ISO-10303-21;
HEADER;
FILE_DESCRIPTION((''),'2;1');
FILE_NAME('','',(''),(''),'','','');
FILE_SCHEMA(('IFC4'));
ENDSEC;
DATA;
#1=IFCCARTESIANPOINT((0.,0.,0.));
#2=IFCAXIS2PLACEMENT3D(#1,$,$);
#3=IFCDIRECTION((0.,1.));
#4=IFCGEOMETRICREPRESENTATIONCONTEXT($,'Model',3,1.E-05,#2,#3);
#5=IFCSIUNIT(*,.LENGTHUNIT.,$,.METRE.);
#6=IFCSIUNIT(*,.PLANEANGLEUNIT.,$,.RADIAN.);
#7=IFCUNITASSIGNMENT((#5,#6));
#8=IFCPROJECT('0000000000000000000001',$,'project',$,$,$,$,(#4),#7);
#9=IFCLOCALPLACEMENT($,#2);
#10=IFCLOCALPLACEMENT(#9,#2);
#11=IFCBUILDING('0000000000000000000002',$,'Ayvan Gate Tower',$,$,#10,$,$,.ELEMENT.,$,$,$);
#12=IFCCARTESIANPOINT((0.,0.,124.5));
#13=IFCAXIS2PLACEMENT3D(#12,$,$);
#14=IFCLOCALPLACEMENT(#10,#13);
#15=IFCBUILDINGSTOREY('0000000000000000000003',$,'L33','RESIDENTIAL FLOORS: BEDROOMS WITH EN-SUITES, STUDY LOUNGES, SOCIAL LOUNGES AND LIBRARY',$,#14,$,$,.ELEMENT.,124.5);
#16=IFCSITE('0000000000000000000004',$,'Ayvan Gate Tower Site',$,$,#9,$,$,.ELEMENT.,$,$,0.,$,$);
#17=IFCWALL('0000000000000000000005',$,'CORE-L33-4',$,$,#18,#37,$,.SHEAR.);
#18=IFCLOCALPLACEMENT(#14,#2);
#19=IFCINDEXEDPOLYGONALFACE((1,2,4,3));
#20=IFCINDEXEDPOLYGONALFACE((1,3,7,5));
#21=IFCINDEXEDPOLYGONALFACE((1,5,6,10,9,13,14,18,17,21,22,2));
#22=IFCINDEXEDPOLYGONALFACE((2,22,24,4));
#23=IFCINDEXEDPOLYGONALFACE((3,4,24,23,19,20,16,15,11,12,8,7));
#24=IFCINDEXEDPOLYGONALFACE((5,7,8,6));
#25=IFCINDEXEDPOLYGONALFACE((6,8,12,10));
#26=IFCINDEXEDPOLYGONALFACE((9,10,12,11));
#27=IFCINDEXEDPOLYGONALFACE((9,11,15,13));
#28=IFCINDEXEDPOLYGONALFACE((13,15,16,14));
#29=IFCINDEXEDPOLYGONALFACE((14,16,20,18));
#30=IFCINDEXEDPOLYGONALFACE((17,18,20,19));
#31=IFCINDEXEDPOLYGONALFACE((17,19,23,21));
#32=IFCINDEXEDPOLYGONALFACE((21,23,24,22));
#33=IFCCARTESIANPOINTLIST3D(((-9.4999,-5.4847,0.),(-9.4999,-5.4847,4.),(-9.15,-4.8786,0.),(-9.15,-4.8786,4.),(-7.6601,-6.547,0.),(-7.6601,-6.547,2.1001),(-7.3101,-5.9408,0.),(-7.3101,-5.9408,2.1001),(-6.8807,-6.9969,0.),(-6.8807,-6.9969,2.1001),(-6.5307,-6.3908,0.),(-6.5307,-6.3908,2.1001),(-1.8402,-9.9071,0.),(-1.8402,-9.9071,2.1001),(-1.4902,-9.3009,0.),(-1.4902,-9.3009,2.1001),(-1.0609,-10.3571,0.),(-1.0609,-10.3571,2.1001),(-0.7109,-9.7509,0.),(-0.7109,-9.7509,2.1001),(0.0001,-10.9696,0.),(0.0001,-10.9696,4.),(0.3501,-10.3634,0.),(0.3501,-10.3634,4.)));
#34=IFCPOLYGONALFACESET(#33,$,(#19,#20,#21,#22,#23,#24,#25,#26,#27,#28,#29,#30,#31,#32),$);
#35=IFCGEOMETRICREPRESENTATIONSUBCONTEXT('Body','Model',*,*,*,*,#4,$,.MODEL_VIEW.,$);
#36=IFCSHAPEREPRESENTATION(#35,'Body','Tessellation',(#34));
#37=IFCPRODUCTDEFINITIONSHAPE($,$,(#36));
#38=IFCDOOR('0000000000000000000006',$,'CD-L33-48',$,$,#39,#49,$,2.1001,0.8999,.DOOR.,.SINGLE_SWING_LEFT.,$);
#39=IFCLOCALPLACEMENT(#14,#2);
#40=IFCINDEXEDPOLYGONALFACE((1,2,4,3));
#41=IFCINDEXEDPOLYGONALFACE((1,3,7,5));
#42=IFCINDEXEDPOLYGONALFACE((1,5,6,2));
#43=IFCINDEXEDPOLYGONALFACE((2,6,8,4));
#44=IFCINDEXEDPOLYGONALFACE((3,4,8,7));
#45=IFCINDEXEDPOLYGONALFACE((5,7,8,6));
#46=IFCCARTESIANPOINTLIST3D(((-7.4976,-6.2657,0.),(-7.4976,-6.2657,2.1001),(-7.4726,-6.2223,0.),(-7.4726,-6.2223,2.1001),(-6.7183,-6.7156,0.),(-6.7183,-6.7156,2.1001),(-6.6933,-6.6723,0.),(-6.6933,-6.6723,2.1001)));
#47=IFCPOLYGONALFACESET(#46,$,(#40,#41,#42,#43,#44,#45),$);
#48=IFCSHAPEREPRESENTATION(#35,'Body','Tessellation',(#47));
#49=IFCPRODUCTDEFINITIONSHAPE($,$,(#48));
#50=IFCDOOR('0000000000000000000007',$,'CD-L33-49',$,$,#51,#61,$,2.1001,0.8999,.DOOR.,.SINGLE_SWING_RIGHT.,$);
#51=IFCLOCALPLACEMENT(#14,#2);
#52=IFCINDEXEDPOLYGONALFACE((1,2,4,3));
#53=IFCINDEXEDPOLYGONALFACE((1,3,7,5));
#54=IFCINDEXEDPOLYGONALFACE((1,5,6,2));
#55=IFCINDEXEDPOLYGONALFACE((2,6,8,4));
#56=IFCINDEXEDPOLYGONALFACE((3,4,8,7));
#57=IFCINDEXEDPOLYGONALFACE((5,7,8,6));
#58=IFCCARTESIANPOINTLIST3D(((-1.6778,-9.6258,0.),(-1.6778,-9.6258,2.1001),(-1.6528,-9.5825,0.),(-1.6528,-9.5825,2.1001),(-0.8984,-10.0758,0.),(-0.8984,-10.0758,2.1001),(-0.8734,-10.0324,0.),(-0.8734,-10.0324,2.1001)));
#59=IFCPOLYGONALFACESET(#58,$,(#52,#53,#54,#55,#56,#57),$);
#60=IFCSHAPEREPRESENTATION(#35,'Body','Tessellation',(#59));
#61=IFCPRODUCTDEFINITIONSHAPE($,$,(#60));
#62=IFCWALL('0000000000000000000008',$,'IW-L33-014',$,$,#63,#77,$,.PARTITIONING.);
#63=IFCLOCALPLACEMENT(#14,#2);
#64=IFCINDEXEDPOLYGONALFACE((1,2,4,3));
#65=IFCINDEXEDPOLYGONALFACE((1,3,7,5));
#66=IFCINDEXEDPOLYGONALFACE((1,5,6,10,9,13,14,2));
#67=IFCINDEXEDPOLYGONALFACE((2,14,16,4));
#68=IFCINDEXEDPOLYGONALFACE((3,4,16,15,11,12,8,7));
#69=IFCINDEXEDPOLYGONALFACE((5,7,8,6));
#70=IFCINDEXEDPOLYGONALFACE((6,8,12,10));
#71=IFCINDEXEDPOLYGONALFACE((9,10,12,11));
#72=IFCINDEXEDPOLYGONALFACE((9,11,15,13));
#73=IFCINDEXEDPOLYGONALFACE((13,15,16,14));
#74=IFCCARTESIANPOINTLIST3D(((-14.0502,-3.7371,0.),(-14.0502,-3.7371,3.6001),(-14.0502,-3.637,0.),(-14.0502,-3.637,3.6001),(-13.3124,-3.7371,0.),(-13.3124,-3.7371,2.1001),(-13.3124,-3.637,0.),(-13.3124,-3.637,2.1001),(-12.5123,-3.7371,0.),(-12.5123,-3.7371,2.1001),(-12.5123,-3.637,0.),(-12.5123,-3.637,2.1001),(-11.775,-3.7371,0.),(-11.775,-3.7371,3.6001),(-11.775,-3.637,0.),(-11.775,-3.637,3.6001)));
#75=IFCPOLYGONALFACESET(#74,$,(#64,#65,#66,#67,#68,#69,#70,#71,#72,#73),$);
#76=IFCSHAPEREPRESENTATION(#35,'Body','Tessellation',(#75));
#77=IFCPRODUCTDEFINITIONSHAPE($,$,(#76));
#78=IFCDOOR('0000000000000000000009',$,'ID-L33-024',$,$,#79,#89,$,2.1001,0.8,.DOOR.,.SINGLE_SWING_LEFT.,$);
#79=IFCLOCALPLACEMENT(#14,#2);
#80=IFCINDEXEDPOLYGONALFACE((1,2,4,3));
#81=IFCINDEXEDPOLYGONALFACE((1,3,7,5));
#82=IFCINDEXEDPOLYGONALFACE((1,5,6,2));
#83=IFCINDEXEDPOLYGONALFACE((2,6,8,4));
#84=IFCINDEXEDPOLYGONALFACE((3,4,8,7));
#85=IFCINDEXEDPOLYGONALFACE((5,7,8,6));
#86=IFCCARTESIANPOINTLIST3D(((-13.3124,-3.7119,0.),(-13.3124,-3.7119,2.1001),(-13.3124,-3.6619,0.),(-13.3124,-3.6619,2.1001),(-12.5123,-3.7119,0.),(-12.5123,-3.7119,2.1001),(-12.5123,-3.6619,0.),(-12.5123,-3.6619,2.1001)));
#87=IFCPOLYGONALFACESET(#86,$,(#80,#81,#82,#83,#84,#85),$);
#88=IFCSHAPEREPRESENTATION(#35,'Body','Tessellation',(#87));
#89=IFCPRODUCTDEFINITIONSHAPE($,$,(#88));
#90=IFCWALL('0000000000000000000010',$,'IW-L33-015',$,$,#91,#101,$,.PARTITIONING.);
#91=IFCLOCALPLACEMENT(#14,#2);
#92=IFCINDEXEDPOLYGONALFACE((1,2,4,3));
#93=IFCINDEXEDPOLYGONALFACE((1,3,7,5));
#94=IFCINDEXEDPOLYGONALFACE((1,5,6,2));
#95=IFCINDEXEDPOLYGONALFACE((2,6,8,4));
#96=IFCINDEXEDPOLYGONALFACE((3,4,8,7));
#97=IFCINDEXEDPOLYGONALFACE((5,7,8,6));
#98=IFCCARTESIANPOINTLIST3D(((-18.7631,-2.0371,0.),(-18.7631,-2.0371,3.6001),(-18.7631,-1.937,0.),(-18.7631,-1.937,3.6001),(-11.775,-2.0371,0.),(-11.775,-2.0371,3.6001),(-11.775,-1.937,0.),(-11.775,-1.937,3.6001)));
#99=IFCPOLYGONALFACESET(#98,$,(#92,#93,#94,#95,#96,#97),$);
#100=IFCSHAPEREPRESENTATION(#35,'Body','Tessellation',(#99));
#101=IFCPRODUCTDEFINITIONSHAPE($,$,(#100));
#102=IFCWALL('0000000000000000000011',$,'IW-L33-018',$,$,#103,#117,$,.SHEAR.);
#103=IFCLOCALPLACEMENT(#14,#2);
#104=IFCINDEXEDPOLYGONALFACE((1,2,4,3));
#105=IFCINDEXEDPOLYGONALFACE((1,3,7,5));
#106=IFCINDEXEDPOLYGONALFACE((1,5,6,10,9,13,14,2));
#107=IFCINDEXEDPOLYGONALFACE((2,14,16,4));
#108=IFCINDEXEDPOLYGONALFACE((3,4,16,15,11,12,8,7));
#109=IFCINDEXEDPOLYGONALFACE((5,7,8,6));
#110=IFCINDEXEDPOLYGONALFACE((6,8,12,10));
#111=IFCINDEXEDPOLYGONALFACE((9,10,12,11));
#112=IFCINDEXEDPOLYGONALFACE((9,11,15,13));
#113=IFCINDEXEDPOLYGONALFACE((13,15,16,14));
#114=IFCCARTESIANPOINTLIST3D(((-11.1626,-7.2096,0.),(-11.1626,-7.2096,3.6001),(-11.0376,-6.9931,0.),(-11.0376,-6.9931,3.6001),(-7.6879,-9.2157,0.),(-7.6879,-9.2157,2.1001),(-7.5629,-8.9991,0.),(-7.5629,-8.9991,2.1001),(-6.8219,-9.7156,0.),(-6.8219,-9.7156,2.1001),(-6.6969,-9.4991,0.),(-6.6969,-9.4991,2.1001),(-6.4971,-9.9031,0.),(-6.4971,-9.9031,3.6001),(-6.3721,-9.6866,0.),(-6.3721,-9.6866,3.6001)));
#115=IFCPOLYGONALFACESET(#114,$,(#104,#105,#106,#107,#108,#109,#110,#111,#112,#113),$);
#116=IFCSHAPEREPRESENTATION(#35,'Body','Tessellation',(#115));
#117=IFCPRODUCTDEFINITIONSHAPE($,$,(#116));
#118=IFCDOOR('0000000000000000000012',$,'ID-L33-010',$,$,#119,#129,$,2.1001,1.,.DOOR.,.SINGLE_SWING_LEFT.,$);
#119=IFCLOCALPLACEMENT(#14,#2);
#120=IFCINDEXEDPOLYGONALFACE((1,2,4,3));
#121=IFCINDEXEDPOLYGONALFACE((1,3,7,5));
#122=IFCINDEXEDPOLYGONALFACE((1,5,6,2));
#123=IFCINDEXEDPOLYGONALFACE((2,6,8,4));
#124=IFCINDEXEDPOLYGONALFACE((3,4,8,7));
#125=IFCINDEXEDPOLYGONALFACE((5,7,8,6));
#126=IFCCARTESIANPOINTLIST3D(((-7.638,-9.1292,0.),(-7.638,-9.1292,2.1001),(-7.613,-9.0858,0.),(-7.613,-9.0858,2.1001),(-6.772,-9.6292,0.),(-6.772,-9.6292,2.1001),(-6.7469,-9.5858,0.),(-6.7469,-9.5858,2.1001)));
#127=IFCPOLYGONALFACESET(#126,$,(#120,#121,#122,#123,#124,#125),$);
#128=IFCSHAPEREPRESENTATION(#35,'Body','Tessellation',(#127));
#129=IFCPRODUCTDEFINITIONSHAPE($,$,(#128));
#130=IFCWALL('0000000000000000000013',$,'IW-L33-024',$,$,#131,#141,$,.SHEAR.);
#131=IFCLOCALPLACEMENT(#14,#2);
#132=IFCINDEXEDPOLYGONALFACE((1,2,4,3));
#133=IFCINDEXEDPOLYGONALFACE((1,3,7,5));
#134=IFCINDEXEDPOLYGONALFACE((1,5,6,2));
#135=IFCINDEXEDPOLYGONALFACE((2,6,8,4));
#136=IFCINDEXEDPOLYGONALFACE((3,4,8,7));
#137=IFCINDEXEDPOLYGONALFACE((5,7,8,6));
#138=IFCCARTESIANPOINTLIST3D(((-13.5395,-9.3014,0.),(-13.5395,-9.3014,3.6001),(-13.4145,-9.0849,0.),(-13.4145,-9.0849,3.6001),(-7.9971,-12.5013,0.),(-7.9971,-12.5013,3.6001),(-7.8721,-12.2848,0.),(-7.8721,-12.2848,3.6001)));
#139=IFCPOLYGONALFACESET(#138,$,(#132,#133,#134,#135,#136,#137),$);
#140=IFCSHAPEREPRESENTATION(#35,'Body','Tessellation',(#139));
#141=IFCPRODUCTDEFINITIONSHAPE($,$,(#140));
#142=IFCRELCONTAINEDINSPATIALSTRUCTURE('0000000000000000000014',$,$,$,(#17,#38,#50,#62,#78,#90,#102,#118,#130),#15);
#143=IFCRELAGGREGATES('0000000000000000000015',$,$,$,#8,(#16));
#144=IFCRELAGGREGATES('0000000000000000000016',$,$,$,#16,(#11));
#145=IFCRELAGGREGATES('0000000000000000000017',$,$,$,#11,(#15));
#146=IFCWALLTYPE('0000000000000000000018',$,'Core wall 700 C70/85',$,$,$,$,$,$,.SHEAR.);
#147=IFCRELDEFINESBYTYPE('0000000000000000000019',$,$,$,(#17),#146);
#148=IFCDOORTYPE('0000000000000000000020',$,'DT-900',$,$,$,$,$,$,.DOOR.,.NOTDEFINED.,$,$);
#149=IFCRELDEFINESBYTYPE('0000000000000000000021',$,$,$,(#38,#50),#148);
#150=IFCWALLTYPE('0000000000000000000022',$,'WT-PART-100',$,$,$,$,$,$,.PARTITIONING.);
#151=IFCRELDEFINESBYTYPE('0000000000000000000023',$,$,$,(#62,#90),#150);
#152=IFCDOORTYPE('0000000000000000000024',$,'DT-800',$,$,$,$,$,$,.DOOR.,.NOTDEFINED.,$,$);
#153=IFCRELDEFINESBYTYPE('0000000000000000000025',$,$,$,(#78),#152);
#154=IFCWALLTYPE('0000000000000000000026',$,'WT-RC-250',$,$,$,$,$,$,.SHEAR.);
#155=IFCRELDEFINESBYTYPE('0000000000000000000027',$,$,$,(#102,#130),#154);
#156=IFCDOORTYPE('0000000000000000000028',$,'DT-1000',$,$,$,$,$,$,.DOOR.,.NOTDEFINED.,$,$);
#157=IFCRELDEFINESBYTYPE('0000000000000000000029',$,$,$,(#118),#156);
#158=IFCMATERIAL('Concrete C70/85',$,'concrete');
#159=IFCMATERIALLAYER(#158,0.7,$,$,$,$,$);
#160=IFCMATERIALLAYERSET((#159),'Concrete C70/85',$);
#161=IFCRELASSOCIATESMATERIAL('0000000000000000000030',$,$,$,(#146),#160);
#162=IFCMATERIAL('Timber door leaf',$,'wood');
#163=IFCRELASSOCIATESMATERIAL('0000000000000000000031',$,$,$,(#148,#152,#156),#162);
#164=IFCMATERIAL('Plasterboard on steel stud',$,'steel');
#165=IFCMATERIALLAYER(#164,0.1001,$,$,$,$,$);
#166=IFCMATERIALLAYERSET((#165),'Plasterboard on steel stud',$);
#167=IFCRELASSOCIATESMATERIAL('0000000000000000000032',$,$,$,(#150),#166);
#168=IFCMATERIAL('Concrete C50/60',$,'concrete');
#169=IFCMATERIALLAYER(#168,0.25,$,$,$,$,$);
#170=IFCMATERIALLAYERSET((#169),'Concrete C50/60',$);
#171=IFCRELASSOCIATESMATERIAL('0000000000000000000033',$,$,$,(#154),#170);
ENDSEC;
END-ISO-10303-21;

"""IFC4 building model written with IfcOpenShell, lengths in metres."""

from ifc_helpers import new_model, si_unit, direction, frame, frame_2d, origin, place, context, subcontext, project, spatial, rectangle, extrude, material, layer, layer_set, type_object, element, fill, save


model = new_model("IFC4")

# Units and contexts
model_context = context("Model", 3, precision=1e-05, world=origin(), true_north=direction((0.0, 1.0)))
body_context = subcontext(model_context, "Body", "Model", "MODEL_VIEW")
ifc_project = project(units=[si_unit("LENGTHUNIT", "METRE"), si_unit("PLANEANGLEUNIT", "RADIAN")], contexts=[model_context])

# Site, building, storey
site_placement = place(None, origin())
site = spatial("IfcSite", under=ifc_project, at=site_placement, Name="Ayvan Gate Tower Site", CompositionType="ELEMENT", RefElevation=0.0)
building_placement = place(site_placement, origin())
building = spatial("IfcBuilding", under=site, at=building_placement, Name="Ayvan Gate Tower", CompositionType="ELEMENT")
storey_placement = place(building_placement, frame((0.0, 0.0, 124.5)))
storey = spatial("IfcBuildingStorey", under=building, at=storey_placement, Name="L33", Description="RESIDENTIAL FLOORS: BEDROOMS WITH EN-SUITES, STUDY LOUNGES, SOCIAL LOUNGES AND LIBRARY", CompositionType="ELEMENT", Elevation=124.5)

# Wall, openings, doors
ifc_material_1 = material(Name="Concrete C70/85", Category="concrete")
ifc_layer_1 = layer(ifc_material_1, 0.7)
ifc_layer_set_1 = layer_set([ifc_layer_1], Name="Concrete C70/85")
wall_type_1 = type_object("IfcWallType", Name="Core wall 700 C70/85", PredefinedType="SHEAR", material=ifc_layer_set_1)
wall_1_placement = place(storey_placement, frame((-9.325, -5.1816, 0.0), z_axis=(0.0, 0.0, 1.0), x_axis=(0.866024, -0.500002, 0.0)))
wall_1 = element("IfcWall", 1, at=wall_1_placement, inside=storey, type_object=wall_type_1, Name="CORE-L33-4", PredefinedType="SHEAR", context=body_context, shape_type="SweptSolid", body=[
    extrude(rectangle(XDim=10.9697, YDim=0.7, at=frame_2d((5.4849, 0.0))), origin(), (0.0, 0.0, 1.0), 4.0),
])
opening_1_placement = place(wall_1_placement, frame((2.1245, 0.0, 0.0)))
opening_1 = element("IfcOpeningElement", 2, at=opening_1_placement, cuts=wall_1, PredefinedType="OPENING", context=body_context, shape_type="SweptSolid", body=[
    extrude(rectangle(XDim=0.8999, YDim=2.1001, at=frame_2d((0.45, 1.05))), frame((0.0, 0.3599, 0.0), z_axis=(0.0, -1.0, 0.0), x_axis=(1.0, 0.0, 0.0)), (0.0, 0.0, 1.0), 0.72),
])
opening_2_placement = place(wall_1_placement, frame((8.8447, 0.0, 0.0)))
opening_2 = element("IfcOpeningElement", 3, at=opening_2_placement, cuts=wall_1, PredefinedType="OPENING", context=body_context, shape_type="SweptSolid", body=[
    extrude(rectangle(XDim=0.8999, YDim=2.1001, at=frame_2d((0.45, 1.05))), frame((0.0, 0.3599, 0.0), z_axis=(0.0, -1.0, 0.0), x_axis=(1.0, 0.0, 0.0)), (0.0, 0.0, 1.0), 0.72),
])
ifc_material_2 = material(Name="Timber door leaf", Category="wood")
door_type_1 = type_object("IfcDoorType", Name="DT-900", OperationType="NOTDEFINED", PredefinedType="DOOR", material=ifc_material_2)
door_1_placement = place(opening_1_placement, origin())
door_1 = element("IfcDoor", 4, at=door_1_placement, inside=storey, type_object=door_type_1, Name="CD-L33-48", OperationType="SINGLE_SWING_LEFT", OverallHeight=2.1001, OverallWidth=0.8999, PredefinedType="DOOR", context=body_context, shape_type="SweptSolid", body=[
    extrude(rectangle(XDim=0.8999, YDim=2.1001, at=frame_2d((0.45, 1.05))), frame((0.0, 0.0249, 0.0), z_axis=(0.0, -1.0, 0.0), x_axis=(1.0, 0.0, 0.0)), (0.0, 0.0, 1.0), 0.05),
])
fill(opening_1, door_1)
door_2_placement = place(opening_2_placement, origin())
door_2 = element("IfcDoor", 5, at=door_2_placement, inside=storey, type_object=door_type_1, Name="CD-L33-49", OperationType="SINGLE_SWING_RIGHT", OverallHeight=2.1001, OverallWidth=0.8999, PredefinedType="DOOR", context=body_context, shape_type="SweptSolid", body=[
    extrude(rectangle(XDim=0.8999, YDim=2.1001, at=frame_2d((0.45, 1.05))), frame((0.0, 0.0249, 0.0), z_axis=(0.0, -1.0, 0.0), x_axis=(1.0, 0.0, 0.0)), (0.0, 0.0, 1.0), 0.05),
])
fill(opening_2, door_2)

# Wall, opening, door
ifc_material_3 = material(Name="Plasterboard on steel stud", Category="steel")
ifc_layer_2 = layer(ifc_material_3, 0.1001)
ifc_layer_set_2 = layer_set([ifc_layer_2], Name="Plasterboard on steel stud")
wall_type_2 = type_object("IfcWallType", Name="WT-PART-100", PredefinedType="PARTITIONING", material=ifc_layer_set_2)
wall_2_placement = place(storey_placement, frame((-11.7749, -3.687, 0.0), z_axis=(0.0, 0.0, 1.0), x_axis=(-1.0, 0.0, 0.0)))
wall_2 = element("IfcWall", 6, at=wall_2_placement, inside=storey, type_object=wall_type_2, Name="IW-L33-014", PredefinedType="PARTITIONING", context=body_context, shape_type="SweptSolid", body=[
    extrude(rectangle(XDim=2.2751, YDim=0.1001, at=frame_2d((1.1377, 0.0))), origin(), (0.0, 0.0, 1.0), 3.6001),
])
opening_3_placement = place(wall_2_placement, frame((0.7375, 0.0, 0.0)))
opening_3 = element("IfcOpeningElement", 7, at=opening_3_placement, cuts=wall_2, PredefinedType="OPENING", context=body_context, shape_type="SweptSolid", body=[
    extrude(rectangle(XDim=0.8, YDim=2.1001, at=frame_2d((0.3999, 1.05))), frame((0.0, 0.0601, 0.0), z_axis=(0.0, -1.0, 0.0), x_axis=(1.0, 0.0, 0.0)), (0.0, 0.0, 1.0), 0.1201),
])
door_type_2 = type_object("IfcDoorType", Name="DT-800", OperationType="NOTDEFINED", PredefinedType="DOOR", material=ifc_material_2)
door_3_placement = place(opening_3_placement, origin())
door_3 = element("IfcDoor", 8, at=door_3_placement, inside=storey, type_object=door_type_2, Name="ID-L33-024", OperationType="SINGLE_SWING_LEFT", OverallHeight=2.1001, OverallWidth=0.8, PredefinedType="DOOR", context=body_context, shape_type="SweptSolid", body=[
    extrude(rectangle(XDim=0.8, YDim=2.1001, at=frame_2d((0.3999, 1.05))), frame((0.0, 0.0249, 0.0), z_axis=(0.0, -1.0, 0.0), x_axis=(1.0, 0.0, 0.0)), (0.0, 0.0, 1.0), 0.05),
])
fill(opening_3, door_3)

# Wall
wall_3_placement = place(storey_placement, frame((-11.7749, -1.9871, 0.0), z_axis=(0.0, 0.0, 1.0), x_axis=(-1.0, 0.0, 0.0)))
element("IfcWall", 9, at=wall_3_placement, inside=storey, type_object=wall_type_2, Name="IW-L33-015", PredefinedType="PARTITIONING", context=body_context, shape_type="SweptSolid", body=[
    extrude(rectangle(XDim=6.988, YDim=0.1001, at=frame_2d((3.4941, 0.0))), origin(), (0.0, 0.0, 1.0), 3.6001),
])

# Wall, opening, door
ifc_material_4 = material(Name="Concrete C50/60", Category="concrete")
ifc_layer_3 = layer(ifc_material_4, 0.25)
ifc_layer_set_3 = layer_set([ifc_layer_3], Name="Concrete C50/60")
wall_type_3 = type_object("IfcWallType", Name="WT-RC-250", PredefinedType="SHEAR", material=ifc_layer_set_3)
wall_4_placement = place(storey_placement, frame((-11.1001, -7.1013, 0.0), z_axis=(0.0, 0.0, 1.0), x_axis=(0.866029, -0.499994, 0.0)))
wall_4 = element("IfcWall", 10, at=wall_4_placement, inside=storey, type_object=wall_type_3, Name="IW-L33-018", PredefinedType="SHEAR", context=body_context, shape_type="SweptSolid", body=[
    extrude(rectangle(XDim=5.3872, YDim=0.25, at=frame_2d((2.6936, 0.0))), origin(), (0.0, 0.0, 1.0), 3.6001),
])
opening_4_placement = place(wall_4_placement, frame((4.0122, 0.0, 0.0)))
opening_4 = element("IfcOpeningElement", 11, at=opening_4_placement, cuts=wall_4, PredefinedType="OPENING", context=body_context, shape_type="SweptSolid", body=[
    extrude(rectangle(XDim=1.0, YDim=2.1001, at=frame_2d((0.5, 1.05))), frame((0.0, 0.135, 0.0), z_axis=(0.0, -1.0, 0.0), x_axis=(1.0, 0.0, 0.0)), (0.0, 0.0, 1.0), 0.27),
])
door_type_3 = type_object("IfcDoorType", Name="DT-1000", OperationType="NOTDEFINED", PredefinedType="DOOR", material=ifc_material_2)
door_4_placement = place(opening_4_placement, origin())
door_4 = element("IfcDoor", 12, at=door_4_placement, inside=storey, type_object=door_type_3, Name="ID-L33-010", OperationType="SINGLE_SWING_LEFT", OverallHeight=2.1001, OverallWidth=1.0, PredefinedType="DOOR", context=body_context, shape_type="SweptSolid", body=[
    extrude(rectangle(XDim=1.0, YDim=2.1001, at=frame_2d((0.5, 1.05))), frame((0.0, 0.0249, 0.0), z_axis=(0.0, -1.0, 0.0), x_axis=(1.0, 0.0, 0.0)), (0.0, 0.0, 1.0), 0.05),
])
fill(opening_4, door_4)

# Wall
wall_5_placement = place(storey_placement, frame((-7.9346, -12.3931, 0.0), z_axis=(0.0, 0.0, 1.0), x_axis=(-0.866025, 0.5, 0.0)))
element("IfcWall", 13, at=wall_5_placement, inside=storey, type_object=wall_type_3, Name="IW-L33-024", PredefinedType="SHEAR", context=body_context, shape_type="SweptSolid", body=[
    extrude(rectangle(XDim=6.3999, YDim=0.25, at=frame_2d((3.2, 0.0))), origin(), (0.0, 0.0, 1.0), 3.6001),
])

save(model, "model.ifc")
